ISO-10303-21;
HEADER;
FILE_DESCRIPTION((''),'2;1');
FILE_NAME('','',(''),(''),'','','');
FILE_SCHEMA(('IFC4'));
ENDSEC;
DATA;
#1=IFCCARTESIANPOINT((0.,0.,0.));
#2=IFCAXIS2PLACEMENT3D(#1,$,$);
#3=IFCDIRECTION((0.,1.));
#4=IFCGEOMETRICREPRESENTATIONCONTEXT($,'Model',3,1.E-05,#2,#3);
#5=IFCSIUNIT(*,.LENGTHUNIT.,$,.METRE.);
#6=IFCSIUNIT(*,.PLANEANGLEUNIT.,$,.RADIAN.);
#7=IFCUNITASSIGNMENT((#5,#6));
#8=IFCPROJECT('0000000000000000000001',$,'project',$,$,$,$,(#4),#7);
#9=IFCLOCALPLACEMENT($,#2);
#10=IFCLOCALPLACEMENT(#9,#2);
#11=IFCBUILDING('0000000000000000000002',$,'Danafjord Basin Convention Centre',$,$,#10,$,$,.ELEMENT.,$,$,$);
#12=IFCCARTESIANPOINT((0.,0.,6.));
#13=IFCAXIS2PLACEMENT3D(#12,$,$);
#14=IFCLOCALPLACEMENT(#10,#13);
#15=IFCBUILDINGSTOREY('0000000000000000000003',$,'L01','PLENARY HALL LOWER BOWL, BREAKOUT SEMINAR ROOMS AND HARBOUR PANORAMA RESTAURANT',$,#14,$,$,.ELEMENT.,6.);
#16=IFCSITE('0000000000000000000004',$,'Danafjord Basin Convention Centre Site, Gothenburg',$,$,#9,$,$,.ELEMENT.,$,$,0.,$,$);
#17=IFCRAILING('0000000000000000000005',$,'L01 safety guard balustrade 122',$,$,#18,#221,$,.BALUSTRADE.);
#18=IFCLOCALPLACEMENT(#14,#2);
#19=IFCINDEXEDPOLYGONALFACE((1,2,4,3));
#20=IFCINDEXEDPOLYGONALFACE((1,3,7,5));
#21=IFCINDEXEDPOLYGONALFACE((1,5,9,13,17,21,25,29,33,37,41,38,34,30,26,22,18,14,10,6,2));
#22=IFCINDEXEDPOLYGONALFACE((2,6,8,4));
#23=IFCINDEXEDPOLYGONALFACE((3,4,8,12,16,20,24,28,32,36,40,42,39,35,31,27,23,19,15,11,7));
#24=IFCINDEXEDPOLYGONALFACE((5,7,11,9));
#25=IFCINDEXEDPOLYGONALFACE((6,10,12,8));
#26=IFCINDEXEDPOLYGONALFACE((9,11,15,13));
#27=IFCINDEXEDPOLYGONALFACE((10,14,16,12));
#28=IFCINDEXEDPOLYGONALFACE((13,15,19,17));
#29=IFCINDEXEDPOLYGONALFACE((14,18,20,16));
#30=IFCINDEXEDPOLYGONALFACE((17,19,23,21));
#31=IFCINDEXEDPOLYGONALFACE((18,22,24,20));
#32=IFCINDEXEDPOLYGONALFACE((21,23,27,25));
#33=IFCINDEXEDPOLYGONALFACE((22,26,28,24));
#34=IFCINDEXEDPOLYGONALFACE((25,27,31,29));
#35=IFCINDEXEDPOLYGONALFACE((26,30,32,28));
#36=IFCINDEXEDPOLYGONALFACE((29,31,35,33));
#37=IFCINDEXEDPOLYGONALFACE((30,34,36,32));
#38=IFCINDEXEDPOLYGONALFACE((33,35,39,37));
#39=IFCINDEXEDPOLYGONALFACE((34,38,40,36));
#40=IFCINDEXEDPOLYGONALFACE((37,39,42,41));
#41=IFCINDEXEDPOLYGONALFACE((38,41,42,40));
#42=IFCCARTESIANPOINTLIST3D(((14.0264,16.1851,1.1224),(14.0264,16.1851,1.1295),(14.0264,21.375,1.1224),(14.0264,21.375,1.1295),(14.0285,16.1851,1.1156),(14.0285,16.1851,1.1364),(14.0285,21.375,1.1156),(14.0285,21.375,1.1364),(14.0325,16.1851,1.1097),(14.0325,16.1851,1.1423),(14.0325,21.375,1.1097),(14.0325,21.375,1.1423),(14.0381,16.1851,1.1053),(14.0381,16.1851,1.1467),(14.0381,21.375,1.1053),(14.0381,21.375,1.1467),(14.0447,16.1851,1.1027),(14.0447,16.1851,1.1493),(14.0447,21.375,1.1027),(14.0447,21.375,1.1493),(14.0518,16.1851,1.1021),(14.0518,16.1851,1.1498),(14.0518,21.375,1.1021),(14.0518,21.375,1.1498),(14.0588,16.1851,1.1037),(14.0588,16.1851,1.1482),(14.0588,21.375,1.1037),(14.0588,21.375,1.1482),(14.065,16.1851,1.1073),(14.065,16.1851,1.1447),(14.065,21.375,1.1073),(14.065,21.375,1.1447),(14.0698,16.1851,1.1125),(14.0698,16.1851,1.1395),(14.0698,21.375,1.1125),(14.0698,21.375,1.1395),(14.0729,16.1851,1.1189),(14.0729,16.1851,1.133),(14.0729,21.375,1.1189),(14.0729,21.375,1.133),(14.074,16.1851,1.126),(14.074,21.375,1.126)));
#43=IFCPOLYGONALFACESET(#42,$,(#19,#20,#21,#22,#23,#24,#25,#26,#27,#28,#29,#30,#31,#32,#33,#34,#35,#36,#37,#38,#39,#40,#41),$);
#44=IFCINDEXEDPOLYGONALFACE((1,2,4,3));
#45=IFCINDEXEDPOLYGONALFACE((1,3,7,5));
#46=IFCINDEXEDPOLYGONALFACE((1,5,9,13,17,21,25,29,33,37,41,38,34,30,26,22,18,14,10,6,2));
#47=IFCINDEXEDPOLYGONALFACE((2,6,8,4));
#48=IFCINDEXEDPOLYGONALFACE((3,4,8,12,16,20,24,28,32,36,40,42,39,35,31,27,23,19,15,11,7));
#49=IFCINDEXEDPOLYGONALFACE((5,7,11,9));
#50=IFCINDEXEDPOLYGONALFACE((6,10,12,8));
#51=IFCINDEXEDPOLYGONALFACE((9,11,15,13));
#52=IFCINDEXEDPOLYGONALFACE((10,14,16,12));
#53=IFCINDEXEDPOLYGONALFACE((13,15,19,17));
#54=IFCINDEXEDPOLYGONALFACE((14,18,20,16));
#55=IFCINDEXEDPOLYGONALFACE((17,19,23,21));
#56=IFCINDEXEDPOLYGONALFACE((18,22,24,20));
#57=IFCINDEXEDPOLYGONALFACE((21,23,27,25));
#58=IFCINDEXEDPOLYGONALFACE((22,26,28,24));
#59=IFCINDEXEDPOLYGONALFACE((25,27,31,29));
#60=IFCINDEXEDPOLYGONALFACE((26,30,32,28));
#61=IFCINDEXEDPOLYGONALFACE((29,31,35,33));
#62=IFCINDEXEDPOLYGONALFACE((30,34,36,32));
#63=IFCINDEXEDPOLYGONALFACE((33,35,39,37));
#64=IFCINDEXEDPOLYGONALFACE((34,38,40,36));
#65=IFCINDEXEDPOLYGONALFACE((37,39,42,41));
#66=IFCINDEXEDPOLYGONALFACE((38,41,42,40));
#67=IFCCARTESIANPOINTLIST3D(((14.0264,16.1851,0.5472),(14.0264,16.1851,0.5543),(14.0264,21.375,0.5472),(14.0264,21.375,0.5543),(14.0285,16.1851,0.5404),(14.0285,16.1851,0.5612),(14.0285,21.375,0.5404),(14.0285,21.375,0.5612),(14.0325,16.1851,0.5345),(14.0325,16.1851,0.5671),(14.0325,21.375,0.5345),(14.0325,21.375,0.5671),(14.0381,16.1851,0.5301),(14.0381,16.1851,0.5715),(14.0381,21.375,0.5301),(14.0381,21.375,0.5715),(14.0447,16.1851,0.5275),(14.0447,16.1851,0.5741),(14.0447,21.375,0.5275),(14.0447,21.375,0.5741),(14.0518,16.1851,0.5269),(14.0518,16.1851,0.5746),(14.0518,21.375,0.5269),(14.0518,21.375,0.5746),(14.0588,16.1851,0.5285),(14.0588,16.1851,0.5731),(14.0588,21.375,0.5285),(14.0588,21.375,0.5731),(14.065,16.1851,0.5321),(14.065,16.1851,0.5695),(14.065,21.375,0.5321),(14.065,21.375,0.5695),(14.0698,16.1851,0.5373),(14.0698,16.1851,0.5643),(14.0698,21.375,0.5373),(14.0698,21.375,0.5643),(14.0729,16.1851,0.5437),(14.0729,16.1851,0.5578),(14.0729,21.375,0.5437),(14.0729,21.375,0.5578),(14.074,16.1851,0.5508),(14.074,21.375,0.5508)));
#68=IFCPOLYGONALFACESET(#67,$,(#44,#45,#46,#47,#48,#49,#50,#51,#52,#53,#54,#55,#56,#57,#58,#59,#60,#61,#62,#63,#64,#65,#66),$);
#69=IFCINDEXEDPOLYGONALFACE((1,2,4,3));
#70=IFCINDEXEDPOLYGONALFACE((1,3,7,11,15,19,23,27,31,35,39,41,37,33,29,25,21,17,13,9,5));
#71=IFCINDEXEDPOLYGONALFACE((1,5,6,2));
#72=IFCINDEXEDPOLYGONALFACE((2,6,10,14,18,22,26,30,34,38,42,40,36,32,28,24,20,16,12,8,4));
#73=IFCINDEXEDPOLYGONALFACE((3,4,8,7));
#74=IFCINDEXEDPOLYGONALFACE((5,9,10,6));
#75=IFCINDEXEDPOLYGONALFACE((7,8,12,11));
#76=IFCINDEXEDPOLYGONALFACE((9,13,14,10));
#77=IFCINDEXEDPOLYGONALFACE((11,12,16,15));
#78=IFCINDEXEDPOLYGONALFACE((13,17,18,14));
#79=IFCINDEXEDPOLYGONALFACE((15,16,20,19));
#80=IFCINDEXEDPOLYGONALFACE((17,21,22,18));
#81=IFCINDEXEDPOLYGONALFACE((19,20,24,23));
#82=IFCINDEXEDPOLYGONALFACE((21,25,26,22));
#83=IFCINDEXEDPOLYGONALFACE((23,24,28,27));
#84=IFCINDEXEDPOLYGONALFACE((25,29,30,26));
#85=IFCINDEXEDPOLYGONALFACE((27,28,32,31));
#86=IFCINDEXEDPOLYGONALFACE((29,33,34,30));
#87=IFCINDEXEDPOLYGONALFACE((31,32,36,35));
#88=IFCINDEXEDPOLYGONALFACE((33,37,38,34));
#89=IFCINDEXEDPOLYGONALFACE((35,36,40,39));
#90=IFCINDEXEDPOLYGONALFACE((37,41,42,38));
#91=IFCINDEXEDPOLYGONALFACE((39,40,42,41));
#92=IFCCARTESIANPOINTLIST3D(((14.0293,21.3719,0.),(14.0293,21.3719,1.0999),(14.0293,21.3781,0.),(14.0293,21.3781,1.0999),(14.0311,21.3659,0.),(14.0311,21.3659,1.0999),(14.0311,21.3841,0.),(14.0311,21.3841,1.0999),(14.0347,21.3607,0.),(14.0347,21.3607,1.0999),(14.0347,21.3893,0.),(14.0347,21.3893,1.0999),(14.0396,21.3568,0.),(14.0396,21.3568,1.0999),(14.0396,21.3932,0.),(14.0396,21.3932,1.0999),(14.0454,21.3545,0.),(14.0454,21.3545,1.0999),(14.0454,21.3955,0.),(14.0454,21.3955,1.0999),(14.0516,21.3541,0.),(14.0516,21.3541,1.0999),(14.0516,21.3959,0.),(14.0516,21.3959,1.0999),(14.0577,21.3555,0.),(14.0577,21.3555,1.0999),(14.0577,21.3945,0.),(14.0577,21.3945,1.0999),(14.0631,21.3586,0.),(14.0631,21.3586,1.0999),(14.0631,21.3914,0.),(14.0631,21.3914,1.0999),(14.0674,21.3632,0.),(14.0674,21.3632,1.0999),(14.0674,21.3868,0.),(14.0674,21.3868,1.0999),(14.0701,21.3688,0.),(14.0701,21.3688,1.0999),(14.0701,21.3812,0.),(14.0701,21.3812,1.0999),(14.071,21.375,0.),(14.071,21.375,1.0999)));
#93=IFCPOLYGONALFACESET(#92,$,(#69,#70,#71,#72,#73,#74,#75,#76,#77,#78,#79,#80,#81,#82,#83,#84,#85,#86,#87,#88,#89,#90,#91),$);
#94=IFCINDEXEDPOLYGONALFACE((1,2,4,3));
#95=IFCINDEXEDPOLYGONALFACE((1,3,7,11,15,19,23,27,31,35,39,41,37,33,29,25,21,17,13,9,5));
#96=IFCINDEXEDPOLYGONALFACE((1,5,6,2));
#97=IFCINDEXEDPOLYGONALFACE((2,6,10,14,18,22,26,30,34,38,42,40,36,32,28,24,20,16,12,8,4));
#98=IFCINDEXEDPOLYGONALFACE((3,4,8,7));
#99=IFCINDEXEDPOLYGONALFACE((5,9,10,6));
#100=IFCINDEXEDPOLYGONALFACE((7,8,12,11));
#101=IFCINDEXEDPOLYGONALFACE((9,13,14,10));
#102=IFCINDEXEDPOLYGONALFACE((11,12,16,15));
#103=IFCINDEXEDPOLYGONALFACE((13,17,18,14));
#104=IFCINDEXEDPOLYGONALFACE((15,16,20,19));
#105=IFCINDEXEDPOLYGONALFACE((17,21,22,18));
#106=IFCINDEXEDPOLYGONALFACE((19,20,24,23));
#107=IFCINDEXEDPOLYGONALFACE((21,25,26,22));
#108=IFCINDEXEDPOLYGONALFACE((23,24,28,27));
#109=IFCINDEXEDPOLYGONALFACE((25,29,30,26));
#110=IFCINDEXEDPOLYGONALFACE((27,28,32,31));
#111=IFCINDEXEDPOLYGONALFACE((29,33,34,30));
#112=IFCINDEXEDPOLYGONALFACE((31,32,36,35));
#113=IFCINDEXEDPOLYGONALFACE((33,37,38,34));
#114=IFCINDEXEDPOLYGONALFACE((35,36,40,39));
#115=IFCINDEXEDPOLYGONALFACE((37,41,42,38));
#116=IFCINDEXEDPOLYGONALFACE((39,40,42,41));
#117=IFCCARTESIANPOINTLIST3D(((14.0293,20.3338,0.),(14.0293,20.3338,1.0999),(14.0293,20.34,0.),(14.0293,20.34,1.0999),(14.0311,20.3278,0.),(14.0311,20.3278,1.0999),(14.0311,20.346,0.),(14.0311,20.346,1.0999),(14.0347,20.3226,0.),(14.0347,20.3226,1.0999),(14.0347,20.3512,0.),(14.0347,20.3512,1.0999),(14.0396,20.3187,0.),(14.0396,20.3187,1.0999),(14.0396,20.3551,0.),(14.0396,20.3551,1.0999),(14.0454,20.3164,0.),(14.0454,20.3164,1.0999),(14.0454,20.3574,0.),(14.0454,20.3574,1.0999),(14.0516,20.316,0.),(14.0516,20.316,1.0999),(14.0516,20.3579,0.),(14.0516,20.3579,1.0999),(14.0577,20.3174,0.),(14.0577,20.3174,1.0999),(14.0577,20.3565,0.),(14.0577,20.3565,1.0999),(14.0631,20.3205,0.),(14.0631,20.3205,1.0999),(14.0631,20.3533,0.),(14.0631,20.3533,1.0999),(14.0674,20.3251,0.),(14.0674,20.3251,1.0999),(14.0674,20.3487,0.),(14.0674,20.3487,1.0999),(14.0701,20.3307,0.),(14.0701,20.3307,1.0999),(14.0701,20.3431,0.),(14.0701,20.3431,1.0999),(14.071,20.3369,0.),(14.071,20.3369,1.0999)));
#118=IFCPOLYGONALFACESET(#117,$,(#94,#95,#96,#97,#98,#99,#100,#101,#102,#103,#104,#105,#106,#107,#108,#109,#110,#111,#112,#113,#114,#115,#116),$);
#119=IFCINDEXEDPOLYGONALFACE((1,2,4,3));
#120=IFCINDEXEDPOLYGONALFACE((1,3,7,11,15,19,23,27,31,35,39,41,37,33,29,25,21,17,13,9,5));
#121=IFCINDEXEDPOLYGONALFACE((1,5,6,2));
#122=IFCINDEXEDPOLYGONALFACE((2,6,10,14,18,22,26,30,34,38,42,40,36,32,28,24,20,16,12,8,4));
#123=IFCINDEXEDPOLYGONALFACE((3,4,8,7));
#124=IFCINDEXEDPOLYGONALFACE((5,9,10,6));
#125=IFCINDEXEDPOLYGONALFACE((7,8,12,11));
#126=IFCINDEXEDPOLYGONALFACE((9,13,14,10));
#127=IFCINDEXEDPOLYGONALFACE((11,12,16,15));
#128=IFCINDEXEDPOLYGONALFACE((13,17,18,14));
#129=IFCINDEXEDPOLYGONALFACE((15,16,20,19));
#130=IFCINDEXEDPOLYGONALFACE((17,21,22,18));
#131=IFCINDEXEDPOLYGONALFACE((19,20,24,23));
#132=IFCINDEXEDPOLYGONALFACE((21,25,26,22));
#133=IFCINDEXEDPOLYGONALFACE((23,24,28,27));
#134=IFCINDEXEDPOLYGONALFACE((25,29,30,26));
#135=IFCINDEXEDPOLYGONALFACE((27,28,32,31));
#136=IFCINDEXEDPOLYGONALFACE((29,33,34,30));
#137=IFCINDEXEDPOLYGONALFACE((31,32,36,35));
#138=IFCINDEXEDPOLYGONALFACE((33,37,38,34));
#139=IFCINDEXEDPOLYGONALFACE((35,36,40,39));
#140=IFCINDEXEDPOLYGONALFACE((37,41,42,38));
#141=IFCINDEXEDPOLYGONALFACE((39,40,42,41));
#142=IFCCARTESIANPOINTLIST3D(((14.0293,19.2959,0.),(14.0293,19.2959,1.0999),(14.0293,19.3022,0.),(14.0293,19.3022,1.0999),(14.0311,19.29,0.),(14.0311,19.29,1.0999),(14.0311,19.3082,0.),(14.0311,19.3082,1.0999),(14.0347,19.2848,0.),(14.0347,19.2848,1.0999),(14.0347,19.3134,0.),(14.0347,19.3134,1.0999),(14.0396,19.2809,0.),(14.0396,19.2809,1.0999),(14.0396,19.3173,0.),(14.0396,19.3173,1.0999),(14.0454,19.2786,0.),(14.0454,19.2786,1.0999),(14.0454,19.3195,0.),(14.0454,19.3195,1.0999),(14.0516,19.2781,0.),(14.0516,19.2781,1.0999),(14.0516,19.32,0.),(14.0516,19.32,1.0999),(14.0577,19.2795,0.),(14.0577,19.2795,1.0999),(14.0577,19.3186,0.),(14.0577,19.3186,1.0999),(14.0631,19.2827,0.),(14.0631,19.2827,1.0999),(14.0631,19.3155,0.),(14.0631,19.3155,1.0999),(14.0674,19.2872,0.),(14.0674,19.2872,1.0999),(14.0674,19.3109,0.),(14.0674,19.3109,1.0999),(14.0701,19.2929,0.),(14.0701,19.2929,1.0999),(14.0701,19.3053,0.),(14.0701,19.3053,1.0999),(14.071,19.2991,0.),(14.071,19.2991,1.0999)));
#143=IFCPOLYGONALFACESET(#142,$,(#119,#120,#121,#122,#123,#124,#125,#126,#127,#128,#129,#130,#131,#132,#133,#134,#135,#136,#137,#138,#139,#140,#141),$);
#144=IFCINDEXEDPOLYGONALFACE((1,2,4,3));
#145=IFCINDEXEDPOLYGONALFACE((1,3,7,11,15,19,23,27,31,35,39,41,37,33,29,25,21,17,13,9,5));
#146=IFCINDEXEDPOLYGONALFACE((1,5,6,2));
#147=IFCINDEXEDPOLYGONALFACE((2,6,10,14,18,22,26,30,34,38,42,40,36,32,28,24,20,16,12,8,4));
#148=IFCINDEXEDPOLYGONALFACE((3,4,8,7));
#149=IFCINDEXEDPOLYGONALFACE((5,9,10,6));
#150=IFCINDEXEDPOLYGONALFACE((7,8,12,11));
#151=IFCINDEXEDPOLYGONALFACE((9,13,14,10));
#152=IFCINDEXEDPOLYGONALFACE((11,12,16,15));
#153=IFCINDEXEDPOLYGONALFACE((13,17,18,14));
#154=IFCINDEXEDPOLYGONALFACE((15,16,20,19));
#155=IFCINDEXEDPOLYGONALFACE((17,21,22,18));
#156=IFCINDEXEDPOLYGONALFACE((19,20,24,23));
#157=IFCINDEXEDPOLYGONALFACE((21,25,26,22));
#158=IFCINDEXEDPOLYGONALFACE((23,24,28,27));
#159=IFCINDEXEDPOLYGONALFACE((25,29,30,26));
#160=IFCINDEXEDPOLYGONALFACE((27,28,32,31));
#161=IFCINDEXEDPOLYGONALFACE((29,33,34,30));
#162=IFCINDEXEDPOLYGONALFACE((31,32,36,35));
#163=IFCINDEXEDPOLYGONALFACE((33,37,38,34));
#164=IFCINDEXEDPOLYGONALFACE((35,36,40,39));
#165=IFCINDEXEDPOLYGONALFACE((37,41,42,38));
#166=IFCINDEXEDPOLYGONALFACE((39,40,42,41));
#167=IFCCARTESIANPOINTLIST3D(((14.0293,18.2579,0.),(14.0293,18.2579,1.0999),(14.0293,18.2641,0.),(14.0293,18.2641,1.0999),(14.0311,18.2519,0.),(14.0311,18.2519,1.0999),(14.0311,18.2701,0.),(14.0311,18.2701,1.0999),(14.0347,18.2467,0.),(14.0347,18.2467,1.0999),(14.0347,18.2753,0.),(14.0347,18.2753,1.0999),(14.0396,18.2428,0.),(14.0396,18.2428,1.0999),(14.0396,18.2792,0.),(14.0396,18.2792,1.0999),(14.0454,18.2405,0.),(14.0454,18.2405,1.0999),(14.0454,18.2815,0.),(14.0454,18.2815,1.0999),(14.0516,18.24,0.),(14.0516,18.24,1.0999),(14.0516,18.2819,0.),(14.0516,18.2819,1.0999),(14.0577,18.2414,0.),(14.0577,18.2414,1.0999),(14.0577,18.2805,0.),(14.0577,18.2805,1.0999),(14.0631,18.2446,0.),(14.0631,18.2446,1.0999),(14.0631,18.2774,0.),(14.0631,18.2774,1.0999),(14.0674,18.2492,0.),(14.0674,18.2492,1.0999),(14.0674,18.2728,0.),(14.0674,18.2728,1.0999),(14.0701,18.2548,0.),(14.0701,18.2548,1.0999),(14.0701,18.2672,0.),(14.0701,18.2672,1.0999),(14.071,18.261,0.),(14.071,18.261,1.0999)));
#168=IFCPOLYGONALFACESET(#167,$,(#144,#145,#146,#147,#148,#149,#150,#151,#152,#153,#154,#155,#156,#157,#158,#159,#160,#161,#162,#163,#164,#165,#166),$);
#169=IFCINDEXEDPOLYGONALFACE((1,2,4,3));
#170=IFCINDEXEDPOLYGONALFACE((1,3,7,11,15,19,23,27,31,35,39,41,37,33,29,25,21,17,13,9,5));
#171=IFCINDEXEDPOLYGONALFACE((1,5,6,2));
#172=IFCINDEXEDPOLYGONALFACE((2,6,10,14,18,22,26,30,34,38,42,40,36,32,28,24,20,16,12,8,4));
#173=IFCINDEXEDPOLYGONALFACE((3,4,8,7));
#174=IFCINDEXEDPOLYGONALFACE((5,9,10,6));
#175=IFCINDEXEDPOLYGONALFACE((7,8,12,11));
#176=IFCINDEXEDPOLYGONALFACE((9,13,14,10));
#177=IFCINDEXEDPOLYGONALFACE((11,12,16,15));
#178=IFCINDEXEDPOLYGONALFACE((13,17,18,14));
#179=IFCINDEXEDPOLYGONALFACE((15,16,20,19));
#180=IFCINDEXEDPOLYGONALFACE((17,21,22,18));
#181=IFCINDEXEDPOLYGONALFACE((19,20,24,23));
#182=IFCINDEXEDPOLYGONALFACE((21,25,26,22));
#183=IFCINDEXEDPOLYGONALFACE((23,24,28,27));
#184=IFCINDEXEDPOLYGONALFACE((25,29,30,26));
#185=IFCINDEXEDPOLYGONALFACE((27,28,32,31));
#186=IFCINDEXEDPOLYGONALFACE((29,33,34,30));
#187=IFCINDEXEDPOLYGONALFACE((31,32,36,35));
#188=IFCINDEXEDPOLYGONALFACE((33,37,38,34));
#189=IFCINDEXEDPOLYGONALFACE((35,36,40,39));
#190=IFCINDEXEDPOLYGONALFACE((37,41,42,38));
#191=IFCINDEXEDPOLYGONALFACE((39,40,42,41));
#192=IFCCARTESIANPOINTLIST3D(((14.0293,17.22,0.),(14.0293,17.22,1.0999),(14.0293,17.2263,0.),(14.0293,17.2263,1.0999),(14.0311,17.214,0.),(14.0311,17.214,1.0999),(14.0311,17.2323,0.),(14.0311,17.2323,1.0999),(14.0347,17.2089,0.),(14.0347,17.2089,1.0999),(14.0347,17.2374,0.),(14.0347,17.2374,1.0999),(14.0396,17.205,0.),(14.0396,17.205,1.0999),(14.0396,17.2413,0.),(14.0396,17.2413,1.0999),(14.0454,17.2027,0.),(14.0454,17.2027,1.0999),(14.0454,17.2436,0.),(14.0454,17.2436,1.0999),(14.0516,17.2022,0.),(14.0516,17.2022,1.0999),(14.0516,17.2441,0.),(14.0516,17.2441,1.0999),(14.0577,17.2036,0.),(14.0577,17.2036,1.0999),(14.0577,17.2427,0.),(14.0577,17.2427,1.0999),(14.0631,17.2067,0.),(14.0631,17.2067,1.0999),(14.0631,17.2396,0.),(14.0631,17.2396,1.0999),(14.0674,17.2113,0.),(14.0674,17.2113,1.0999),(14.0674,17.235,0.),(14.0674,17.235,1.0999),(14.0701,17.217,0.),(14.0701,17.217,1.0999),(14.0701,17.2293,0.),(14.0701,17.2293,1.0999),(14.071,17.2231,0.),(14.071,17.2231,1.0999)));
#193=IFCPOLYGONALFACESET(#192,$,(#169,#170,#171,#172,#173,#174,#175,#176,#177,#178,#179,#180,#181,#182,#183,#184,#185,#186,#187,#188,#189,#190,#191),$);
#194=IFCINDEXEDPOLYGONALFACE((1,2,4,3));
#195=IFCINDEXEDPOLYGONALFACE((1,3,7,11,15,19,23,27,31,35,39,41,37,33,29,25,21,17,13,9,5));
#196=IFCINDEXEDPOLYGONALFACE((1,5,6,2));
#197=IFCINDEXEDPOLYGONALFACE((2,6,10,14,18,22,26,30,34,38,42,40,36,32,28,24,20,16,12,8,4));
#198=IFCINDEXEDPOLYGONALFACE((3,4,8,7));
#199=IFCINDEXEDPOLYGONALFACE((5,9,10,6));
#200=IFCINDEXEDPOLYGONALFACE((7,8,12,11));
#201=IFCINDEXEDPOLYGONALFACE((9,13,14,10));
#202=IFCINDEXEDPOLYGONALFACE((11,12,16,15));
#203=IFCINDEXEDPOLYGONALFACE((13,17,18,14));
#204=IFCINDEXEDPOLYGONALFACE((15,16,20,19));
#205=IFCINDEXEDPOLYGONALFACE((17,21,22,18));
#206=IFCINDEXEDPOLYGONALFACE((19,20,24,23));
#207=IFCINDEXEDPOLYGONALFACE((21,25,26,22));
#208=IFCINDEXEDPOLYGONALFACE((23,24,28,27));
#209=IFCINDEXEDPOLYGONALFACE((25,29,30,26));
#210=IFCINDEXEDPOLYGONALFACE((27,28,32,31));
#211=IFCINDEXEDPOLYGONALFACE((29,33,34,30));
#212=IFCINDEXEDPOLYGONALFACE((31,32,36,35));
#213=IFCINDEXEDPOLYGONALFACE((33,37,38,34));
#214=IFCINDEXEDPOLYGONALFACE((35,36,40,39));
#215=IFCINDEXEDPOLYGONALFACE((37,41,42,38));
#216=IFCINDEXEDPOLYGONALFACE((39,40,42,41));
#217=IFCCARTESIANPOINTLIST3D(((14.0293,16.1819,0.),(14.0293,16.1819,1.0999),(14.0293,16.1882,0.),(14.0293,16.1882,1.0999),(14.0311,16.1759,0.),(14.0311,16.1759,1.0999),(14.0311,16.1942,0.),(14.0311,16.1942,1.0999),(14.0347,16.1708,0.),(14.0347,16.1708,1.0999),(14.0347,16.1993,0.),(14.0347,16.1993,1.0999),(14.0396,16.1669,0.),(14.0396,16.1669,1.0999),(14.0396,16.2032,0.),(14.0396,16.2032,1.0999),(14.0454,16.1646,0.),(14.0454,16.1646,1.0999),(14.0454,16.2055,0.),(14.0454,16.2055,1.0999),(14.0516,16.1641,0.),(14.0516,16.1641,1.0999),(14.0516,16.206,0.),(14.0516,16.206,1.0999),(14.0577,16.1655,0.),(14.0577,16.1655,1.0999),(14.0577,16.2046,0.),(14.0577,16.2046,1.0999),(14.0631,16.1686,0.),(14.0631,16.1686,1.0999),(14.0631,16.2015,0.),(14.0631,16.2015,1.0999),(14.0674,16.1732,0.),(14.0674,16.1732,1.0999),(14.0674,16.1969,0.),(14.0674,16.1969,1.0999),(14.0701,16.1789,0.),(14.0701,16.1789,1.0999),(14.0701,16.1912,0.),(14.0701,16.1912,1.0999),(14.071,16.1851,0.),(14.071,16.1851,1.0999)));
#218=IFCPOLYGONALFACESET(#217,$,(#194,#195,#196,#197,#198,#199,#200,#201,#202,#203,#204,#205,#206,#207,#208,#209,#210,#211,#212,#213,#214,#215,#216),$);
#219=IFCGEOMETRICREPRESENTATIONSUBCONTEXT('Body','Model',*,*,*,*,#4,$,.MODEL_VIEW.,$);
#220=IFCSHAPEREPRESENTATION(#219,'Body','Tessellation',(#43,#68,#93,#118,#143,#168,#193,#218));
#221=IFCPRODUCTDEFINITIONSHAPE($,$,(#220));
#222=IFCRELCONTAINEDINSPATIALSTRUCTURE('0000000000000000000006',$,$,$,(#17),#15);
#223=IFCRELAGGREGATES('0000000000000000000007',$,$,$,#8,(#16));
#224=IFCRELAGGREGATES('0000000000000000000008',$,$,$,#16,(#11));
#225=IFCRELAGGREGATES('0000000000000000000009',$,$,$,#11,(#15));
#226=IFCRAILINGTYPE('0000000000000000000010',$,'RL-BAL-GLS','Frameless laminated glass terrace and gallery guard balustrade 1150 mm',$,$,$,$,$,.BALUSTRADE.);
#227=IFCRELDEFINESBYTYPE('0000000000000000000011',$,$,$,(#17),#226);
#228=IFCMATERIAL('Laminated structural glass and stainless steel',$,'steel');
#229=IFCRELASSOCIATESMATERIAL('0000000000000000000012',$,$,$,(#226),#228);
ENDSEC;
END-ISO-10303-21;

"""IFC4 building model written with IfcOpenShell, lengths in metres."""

from ifc_helpers import new_model, si_unit, direction, frame, origin, origin_2d, place, context, subcontext, project, spatial, circle, extrude, material, type_object, element, save


model = new_model("IFC4")

# Units and contexts
model_context = context("Model", 3, precision=1e-05, world=origin(), true_north=direction((0.0, 1.0)))
body_context = subcontext(model_context, "Body", "Model", "MODEL_VIEW")
ifc_project = project(units=[si_unit("LENGTHUNIT", "METRE"), si_unit("PLANEANGLEUNIT", "RADIAN")], contexts=[model_context])

# Site, building, storey
site_placement = place(None, origin())
site = spatial("IfcSite", under=ifc_project, at=site_placement, Name="Danafjord Basin Convention Centre Site, Gothenburg", CompositionType="ELEMENT", RefElevation=0.0)
building_placement = place(site_placement, origin())
building = spatial("IfcBuilding", under=site, at=building_placement, Name="Danafjord Basin Convention Centre", CompositionType="ELEMENT")
storey_placement = place(building_placement, frame((0.0, 0.0, 6.0)))
storey = spatial("IfcBuildingStorey", under=building, at=storey_placement, Name="L01", Description="PLENARY HALL LOWER BOWL, BREAKOUT SEMINAR ROOMS AND HARBOUR PANORAMA RESTAURANT", CompositionType="ELEMENT", Elevation=6.0)

# Railing
ifc_material_1 = material(Name="Laminated structural glass and stainless steel", Category="steel")
railing_type_1 = type_object("IfcRailingType", Name="RL-BAL-GLS", Description="Frameless laminated glass terrace and gallery guard balustrade 1150 mm", PredefinedType="BALUSTRADE", material=ifc_material_1)
railing_1_placement = place(storey_placement, frame((14.05, 21.375, 0.0)))
element("IfcRailing", 1, at=railing_1_placement, inside=storey, type_object=railing_type_1, Name="L01 safety guard balustrade 122", PredefinedType="BALUSTRADE", context=body_context, shape_type="SweptSolid", body=[
    extrude(circle(Radius=0.0239, at=origin_2d()), frame((0.0, 0.0, 1.126), z_axis=(0.0, -1.0, 0.0), x_axis=(1.0, 0.0, 0.0)), (0.0, 0.0, 1.0), 5.1899),
    extrude(circle(Radius=0.0239, at=origin_2d()), frame((0.0, 0.0, 0.5508), z_axis=(0.0, -1.0, 0.0), x_axis=(1.0, 0.0, 0.0)), (0.0, 0.0, 1.0), 5.1899),
    extrude(circle(Radius=0.021, at=origin_2d()), origin(), (0.0, 0.0, 1.0), 1.0999),
    extrude(circle(Radius=0.021, at=origin_2d()), frame((0.0, -1.0381, 0.0)), (0.0, 0.0, 1.0), 1.0999),
    extrude(circle(Radius=0.021, at=origin_2d()), frame((0.0, -2.0759, 0.0)), (0.0, 0.0, 1.0), 1.0999),
    extrude(circle(Radius=0.021, at=origin_2d()), frame((0.0, -3.114, 0.0)), (0.0, 0.0, 1.0), 1.0999),
    extrude(circle(Radius=0.021, at=origin_2d()), frame((0.0, -4.1519, 0.0)), (0.0, 0.0, 1.0), 1.0999),
    extrude(circle(Radius=0.021, at=origin_2d()), frame((0.0, -5.1899, 0.0)), (0.0, 0.0, 1.0), 1.0999),
])

save(model, "model.ifc")
